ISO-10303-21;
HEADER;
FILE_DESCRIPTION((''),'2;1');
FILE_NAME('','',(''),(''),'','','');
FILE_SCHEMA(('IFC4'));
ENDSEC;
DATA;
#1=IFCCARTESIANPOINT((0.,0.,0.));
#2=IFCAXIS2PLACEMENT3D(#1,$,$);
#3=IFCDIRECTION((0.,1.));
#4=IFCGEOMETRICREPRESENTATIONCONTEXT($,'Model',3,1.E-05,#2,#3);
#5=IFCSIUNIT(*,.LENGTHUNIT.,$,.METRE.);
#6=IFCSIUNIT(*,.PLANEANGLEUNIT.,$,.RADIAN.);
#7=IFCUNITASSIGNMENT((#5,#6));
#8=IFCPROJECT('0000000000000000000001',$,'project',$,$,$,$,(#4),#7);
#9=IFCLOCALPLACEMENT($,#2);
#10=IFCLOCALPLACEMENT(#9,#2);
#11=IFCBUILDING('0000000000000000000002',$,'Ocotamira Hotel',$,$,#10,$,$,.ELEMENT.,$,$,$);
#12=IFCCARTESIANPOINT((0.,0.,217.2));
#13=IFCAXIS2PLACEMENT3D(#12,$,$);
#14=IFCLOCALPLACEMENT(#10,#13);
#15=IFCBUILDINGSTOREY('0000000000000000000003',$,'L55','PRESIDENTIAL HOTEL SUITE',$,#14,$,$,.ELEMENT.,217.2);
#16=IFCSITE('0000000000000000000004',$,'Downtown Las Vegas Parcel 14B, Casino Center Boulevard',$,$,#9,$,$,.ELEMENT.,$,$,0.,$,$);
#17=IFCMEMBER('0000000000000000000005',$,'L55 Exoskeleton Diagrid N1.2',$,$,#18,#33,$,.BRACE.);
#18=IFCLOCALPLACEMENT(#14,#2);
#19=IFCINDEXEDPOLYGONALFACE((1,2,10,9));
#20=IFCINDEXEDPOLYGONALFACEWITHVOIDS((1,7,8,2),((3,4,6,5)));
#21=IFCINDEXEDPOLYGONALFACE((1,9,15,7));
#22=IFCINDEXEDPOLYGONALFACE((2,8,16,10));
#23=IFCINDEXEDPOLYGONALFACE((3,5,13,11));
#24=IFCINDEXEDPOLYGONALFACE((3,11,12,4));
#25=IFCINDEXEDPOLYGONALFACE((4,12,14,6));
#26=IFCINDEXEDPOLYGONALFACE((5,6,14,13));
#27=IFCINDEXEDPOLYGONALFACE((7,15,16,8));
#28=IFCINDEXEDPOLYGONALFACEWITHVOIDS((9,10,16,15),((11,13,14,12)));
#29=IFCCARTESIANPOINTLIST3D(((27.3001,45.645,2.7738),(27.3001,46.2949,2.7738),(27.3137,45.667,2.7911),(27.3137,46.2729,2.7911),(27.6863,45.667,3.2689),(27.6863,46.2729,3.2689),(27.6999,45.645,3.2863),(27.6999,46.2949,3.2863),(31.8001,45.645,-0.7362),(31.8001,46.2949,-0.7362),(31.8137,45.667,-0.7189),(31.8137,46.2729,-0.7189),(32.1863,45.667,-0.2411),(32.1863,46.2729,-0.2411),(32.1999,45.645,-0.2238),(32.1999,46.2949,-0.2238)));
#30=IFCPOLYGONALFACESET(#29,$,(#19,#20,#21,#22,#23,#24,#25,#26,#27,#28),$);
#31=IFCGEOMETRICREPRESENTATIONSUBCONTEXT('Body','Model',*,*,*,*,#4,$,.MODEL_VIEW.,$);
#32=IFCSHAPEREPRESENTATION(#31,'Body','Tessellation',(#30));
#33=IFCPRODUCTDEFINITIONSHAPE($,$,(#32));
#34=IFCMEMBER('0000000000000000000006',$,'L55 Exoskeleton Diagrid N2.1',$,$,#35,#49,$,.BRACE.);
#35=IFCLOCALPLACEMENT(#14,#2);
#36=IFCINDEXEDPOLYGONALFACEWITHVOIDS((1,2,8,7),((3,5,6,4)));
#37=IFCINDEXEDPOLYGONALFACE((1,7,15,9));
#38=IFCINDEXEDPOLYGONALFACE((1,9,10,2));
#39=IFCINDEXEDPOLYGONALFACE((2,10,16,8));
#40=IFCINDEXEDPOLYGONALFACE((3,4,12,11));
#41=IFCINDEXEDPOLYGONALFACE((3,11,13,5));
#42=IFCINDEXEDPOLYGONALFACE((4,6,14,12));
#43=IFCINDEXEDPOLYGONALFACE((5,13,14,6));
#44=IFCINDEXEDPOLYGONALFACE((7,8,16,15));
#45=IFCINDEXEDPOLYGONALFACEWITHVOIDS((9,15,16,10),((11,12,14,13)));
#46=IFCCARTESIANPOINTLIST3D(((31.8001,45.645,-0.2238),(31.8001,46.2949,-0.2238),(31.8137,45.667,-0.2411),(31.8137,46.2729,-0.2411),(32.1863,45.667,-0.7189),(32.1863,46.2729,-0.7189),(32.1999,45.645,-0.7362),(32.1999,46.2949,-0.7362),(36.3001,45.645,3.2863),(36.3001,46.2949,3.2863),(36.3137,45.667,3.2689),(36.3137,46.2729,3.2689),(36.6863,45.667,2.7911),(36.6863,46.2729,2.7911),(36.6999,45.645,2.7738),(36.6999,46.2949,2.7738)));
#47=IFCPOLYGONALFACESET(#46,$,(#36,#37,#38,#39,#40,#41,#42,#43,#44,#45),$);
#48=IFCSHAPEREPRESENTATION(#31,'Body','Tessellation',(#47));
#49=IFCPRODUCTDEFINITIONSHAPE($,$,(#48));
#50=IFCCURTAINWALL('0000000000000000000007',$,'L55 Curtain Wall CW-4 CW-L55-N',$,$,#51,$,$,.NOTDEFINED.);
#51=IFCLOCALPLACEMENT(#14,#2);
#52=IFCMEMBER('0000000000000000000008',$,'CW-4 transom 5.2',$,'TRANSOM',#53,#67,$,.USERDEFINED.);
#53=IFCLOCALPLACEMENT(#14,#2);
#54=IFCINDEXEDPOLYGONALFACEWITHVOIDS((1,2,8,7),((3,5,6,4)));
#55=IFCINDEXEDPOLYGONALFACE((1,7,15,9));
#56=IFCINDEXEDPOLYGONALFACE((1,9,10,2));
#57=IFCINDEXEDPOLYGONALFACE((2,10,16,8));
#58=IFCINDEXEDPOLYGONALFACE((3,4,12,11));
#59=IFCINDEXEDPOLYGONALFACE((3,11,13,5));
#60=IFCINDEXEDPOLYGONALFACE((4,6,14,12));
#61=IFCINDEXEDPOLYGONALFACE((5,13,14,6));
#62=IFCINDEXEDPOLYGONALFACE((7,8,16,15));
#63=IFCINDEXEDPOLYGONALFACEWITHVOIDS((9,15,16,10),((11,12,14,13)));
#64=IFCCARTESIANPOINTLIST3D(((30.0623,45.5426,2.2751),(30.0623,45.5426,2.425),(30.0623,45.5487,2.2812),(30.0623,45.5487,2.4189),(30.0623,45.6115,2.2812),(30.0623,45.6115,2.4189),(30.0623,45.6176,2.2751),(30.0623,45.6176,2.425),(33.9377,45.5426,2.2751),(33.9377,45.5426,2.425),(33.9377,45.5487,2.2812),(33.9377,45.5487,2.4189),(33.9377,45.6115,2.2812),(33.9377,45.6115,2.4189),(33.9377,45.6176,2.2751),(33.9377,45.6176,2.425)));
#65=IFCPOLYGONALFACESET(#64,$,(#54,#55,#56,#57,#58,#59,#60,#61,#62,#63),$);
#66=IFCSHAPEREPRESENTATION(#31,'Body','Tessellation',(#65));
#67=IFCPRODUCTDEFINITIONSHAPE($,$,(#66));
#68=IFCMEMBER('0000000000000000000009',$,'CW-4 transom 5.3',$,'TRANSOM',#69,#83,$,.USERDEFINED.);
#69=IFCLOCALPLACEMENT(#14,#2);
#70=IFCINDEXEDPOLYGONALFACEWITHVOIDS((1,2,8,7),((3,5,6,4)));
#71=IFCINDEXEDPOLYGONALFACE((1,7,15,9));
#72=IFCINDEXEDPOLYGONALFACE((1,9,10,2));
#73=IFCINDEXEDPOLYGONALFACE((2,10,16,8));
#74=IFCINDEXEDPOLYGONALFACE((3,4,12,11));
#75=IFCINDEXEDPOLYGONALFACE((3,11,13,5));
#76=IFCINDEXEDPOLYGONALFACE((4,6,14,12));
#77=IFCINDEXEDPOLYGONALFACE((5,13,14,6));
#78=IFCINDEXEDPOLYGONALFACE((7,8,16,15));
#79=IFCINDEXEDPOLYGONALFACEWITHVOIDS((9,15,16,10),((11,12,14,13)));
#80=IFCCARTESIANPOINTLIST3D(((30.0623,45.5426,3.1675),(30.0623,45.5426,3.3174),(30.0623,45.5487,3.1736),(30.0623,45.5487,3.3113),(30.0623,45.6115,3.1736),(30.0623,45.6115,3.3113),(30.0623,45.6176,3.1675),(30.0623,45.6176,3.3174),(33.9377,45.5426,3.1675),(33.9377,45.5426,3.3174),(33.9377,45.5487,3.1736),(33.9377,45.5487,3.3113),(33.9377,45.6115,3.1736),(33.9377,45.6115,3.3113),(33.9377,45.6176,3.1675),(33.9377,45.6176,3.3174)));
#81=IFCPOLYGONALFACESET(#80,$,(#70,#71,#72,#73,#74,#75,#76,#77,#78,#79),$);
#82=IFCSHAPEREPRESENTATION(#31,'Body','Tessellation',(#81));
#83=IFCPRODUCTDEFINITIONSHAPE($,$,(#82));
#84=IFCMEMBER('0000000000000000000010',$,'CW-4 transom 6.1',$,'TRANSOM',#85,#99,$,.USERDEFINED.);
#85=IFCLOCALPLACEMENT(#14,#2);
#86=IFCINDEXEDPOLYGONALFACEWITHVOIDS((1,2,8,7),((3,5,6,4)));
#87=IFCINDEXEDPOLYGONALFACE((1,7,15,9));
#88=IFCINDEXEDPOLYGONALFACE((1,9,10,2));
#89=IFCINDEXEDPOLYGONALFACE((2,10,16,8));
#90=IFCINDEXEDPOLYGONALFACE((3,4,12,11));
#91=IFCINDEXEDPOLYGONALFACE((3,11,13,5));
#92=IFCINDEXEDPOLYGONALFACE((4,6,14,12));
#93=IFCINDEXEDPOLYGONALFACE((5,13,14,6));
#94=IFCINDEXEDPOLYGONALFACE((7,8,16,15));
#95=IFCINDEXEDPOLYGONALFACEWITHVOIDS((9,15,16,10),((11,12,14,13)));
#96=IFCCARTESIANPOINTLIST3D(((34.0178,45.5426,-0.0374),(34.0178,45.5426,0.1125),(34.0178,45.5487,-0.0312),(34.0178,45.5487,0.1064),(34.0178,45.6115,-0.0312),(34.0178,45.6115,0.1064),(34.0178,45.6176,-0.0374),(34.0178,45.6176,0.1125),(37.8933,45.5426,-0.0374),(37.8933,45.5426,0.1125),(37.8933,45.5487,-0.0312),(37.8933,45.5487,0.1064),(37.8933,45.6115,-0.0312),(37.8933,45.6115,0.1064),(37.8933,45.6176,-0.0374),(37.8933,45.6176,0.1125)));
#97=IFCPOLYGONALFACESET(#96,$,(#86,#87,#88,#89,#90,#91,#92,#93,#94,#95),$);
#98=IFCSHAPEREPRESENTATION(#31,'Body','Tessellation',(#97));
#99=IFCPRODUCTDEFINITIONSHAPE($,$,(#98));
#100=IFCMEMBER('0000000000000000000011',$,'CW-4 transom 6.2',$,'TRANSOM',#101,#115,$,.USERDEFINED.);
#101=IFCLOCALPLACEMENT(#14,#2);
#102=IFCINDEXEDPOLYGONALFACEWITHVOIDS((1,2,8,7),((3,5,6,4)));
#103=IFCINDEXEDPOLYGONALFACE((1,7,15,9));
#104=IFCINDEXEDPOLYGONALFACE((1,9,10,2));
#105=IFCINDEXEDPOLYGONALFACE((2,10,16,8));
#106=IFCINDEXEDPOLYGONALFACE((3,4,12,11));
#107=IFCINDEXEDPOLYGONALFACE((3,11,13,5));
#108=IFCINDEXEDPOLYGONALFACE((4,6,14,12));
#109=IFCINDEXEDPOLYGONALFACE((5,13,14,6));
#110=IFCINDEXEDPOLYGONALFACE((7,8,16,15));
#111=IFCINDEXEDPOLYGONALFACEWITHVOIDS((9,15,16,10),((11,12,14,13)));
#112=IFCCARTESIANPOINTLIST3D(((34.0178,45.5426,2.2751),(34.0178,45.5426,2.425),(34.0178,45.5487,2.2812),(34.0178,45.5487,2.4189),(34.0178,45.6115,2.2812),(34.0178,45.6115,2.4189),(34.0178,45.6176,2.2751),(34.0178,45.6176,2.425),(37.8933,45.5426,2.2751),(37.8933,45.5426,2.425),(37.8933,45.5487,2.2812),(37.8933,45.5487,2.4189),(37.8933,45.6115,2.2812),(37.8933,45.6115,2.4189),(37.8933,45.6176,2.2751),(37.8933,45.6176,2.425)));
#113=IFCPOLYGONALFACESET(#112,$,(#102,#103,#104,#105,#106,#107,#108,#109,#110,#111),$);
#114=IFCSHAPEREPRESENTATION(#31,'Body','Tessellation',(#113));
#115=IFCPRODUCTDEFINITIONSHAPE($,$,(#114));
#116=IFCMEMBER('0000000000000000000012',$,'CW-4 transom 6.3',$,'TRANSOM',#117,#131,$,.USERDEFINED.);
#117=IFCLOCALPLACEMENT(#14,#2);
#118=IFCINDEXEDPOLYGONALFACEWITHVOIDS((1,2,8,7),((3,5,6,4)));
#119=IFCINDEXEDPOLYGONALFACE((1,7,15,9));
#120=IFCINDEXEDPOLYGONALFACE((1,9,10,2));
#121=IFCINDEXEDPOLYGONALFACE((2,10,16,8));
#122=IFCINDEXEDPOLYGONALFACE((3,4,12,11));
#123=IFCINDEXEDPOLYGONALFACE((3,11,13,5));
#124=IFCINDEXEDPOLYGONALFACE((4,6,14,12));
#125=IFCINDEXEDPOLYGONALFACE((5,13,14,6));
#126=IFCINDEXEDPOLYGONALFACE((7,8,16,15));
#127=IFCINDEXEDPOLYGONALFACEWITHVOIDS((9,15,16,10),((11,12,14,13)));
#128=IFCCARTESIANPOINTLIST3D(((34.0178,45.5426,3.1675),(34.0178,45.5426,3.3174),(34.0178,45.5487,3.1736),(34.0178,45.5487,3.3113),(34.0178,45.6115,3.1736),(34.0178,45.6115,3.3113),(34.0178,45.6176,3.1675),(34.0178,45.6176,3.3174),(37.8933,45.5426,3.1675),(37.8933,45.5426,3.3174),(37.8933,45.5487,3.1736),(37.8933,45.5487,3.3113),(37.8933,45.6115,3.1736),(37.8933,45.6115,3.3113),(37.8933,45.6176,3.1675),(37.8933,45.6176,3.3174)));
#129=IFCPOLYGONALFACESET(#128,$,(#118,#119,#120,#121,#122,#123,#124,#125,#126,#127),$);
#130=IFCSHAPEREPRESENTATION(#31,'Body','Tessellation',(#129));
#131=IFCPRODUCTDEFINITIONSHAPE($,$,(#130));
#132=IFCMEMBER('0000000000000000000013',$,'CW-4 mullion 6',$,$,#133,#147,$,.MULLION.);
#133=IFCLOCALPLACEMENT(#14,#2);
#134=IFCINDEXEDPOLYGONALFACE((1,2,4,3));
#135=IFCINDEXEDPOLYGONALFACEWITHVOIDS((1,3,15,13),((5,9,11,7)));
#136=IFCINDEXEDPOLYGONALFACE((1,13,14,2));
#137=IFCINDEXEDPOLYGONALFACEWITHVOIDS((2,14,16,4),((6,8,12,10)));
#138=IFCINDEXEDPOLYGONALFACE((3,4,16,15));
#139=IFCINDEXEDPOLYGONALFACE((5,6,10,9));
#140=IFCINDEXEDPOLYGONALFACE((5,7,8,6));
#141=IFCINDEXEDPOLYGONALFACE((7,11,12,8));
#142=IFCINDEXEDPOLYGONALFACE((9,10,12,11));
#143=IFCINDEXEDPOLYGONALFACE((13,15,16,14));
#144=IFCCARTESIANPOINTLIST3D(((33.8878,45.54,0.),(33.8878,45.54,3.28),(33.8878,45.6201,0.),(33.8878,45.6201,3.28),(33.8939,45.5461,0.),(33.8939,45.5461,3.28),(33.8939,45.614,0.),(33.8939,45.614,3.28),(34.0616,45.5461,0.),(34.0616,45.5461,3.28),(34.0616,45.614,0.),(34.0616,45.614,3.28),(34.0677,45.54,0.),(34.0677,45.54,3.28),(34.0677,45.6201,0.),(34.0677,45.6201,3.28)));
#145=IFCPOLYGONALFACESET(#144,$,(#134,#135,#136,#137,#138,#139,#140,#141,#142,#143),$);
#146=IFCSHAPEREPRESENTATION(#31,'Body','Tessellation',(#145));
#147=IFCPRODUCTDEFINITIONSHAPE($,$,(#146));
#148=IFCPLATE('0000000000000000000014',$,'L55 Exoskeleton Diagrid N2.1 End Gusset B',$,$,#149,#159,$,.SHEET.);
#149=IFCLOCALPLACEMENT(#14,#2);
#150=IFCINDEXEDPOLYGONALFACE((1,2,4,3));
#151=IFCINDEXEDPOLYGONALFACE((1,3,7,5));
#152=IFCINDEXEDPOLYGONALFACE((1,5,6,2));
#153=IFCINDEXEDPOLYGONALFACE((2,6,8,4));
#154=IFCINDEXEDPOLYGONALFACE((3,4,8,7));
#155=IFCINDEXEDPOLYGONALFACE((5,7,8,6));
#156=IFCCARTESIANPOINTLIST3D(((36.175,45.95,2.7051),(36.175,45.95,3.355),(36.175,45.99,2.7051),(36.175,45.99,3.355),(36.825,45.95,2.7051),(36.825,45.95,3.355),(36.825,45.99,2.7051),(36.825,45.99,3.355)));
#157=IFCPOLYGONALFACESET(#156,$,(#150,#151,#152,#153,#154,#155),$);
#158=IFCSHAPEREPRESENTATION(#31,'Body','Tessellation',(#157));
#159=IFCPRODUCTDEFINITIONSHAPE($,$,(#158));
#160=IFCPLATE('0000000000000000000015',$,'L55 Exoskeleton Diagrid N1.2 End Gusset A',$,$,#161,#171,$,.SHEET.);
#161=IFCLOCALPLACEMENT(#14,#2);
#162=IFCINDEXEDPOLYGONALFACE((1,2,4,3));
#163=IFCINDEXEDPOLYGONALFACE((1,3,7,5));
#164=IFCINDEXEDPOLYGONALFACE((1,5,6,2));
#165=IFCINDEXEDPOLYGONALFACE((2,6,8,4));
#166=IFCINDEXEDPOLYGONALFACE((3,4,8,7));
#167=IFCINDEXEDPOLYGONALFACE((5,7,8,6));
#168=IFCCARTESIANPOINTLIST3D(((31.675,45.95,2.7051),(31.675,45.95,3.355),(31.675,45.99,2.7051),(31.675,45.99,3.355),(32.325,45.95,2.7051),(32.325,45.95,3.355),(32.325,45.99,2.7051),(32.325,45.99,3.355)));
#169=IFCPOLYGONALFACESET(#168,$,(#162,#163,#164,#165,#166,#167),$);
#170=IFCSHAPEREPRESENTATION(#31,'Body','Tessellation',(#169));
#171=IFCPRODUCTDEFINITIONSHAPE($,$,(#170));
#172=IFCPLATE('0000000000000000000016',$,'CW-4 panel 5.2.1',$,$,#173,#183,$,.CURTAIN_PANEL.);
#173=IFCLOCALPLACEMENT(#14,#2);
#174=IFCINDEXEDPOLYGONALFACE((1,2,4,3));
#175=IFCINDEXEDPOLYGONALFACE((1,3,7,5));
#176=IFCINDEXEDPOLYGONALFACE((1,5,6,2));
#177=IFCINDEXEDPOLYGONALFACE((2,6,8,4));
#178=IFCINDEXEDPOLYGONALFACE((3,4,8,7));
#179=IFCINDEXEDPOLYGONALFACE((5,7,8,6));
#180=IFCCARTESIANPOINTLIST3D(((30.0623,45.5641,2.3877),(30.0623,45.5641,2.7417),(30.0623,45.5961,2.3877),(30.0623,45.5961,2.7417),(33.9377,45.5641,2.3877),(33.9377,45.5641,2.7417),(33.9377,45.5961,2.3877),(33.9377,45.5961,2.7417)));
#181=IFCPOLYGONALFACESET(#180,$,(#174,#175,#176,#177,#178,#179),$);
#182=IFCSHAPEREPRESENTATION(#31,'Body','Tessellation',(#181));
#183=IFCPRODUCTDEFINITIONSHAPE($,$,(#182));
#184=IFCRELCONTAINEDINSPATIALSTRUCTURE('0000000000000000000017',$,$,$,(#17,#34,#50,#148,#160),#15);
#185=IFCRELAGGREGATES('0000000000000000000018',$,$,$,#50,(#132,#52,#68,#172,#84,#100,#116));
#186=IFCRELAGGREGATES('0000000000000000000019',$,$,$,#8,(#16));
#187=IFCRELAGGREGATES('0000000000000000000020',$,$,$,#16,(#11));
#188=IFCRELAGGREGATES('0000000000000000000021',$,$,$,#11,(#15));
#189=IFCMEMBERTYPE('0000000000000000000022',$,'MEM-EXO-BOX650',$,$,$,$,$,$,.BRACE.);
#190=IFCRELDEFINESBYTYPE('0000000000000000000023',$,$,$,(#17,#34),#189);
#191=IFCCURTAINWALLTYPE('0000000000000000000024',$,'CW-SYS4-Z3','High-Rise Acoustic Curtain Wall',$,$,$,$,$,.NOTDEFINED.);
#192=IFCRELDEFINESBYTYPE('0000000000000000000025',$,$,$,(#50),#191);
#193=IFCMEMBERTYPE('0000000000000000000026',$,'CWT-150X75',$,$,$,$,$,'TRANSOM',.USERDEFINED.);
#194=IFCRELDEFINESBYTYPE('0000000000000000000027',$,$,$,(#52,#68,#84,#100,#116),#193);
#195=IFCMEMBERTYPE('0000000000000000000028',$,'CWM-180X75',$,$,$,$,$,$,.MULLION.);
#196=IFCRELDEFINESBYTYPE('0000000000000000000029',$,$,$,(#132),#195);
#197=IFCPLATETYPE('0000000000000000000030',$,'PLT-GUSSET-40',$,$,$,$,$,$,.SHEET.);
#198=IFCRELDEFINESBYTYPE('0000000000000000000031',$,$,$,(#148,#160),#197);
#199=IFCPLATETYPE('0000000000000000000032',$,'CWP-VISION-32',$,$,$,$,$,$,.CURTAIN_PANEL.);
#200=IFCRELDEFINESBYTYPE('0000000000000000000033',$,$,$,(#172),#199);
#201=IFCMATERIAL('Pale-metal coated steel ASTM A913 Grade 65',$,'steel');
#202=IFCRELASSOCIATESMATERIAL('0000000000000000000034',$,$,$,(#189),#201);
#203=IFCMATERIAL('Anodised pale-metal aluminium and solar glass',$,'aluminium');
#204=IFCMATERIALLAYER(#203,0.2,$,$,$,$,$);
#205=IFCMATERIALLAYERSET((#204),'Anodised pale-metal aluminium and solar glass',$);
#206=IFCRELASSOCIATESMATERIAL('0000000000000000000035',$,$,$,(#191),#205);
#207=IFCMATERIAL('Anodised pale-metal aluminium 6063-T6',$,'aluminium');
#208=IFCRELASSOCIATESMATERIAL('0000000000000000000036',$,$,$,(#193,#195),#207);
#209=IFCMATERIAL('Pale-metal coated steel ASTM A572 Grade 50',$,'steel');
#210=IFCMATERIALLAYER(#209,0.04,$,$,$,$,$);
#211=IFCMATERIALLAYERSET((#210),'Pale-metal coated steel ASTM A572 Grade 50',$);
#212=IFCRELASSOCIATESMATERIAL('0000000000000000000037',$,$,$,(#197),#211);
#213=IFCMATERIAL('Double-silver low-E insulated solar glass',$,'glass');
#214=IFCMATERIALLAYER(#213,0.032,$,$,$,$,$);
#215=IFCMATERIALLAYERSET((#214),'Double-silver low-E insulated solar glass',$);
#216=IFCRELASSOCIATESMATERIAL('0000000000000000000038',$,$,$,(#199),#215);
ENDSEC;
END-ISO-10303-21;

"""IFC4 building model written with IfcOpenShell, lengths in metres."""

from ifc_helpers import new_model, si_unit, direction, frame, origin, origin_2d, place, context, subcontext, project, spatial, rectangle, hollow_rectangle, extrude, source, transform, mapped, material, layer, layer_set, material_profile, profile_set, type_object, element, aggregate, save


model = new_model("IFC4")

# Units and contexts
model_context = context("Model", 3, precision=1e-05, world=origin(), true_north=direction((0.0, 1.0)))
body_context = subcontext(model_context, "Body", "Model", "MODEL_VIEW")
ifc_project = project(units=[si_unit("LENGTHUNIT", "METRE"), si_unit("PLANEANGLEUNIT", "RADIAN")], contexts=[model_context])

# Site, building, storey
site_placement = place(None, origin())
site = spatial("IfcSite", under=ifc_project, at=site_placement, Name="Downtown Las Vegas Parcel 14B, Casino Center Boulevard", CompositionType="ELEMENT", RefElevation=0.0)
building_placement = place(site_placement, origin())
building = spatial("IfcBuilding", under=site, at=building_placement, Name="Ocotamira Hotel", CompositionType="ELEMENT")
storey_placement = place(building_placement, frame((0.0, 0.0, 217.2)))
storey = spatial("IfcBuildingStorey", under=building, at=storey_placement, Name="L55", Description="PRESIDENTIAL HOTEL SUITE", CompositionType="ELEMENT", Elevation=217.2)

# Members
ifc_material_1 = material(Name="Pale-metal coated steel ASTM A913 Grade 65", Category="steel")
ifc_material_profile_1 = material_profile(ifc_material_1, hollow_rectangle(XDim=0.6499, YDim=0.6499, WallThickness=0.022, at=origin_2d()), Name="BOX650X650X22")
ifc_profile_set_1 = profile_set([ifc_material_profile_1], Name="Pale-metal coated steel ASTM A913 Grade 65")
member_type_1 = type_object("IfcMemberType", Name="MEM-EXO-BOX650", PredefinedType="BRACE", material=ifc_profile_set_1)
shared_shape_1 = source(origin(), body_context, "Body", "SweptSolid", [
    extrude(hollow_rectangle(XDim=0.6499, YDim=0.6499, WallThickness=0.022, at=origin_2d()), origin(), (0.0, 0.0, 1.0), 5.707),
])
for number, where, z_axis, x_axis, name in (
    (1, (32.0, 45.97, -0.48), (-0.788501, 0.0, 0.615033), (0.0, -1.0, 0.0), "L55 Exoskeleton Diagrid N1.2"),
    (2, (32.0, 45.97, -0.48), (0.788501, 0.0, 0.615033), (0.0, 1.0, 0.0), "L55 Exoskeleton Diagrid N2.1"),
):
    element("IfcMember", number, at=place(storey_placement, frame(where, z_axis=z_axis, x_axis=x_axis)), inside=storey, type_object=member_type_1, Name=name, PredefinedType="BRACE", context=body_context, shape_type="MappedRepresentation", body=[
        mapped(shared_shape_1, transform((0.0, 0.0, 0.0), scale=1.0)),
    ])

# Curtain wall, members
ifc_material_2 = material(Name="Anodised pale-metal aluminium and solar glass", Category="aluminium")
ifc_layer_1 = layer(ifc_material_2, 0.2)
ifc_layer_set_1 = layer_set([ifc_layer_1], Name="Anodised pale-metal aluminium and solar glass")
curtain_wall_type = type_object("IfcCurtainWallType", Name="CW-SYS4-Z3", Description="High-Rise Acoustic Curtain Wall", PredefinedType="NOTDEFINED", material=ifc_layer_set_1)
curtain_wall_placement = place(storey_placement, origin())
curtain_wall = element("IfcCurtainWall", 3, at=curtain_wall_placement, inside=storey, type_object=curtain_wall_type, Name="L55 Curtain Wall CW-4 CW-L55-N", PredefinedType="NOTDEFINED")
ifc_material_3 = material(Name="Anodised pale-metal aluminium 6063-T6", Category="aluminium")
ifc_material_profile_2 = material_profile(ifc_material_3, hollow_rectangle(XDim=0.075, YDim=0.1499, WallThickness=0.0061, at=origin_2d()), Name="HSS150X75X6")
ifc_profile_set_2 = profile_set([ifc_material_profile_2], Name="Anodised pale-metal aluminium 6063-T6")
member_type_2 = type_object("IfcMemberType", Name="CWT-150X75", ElementType="TRANSOM", PredefinedType="USERDEFINED", material=ifc_profile_set_2)
shared_shape_2 = source(origin(), body_context, "Body", "SweptSolid", [
    extrude(hollow_rectangle(XDim=0.075, YDim=0.1499, WallThickness=0.0061, at=origin_2d()), origin(), (0.0, 0.0, 1.0), 3.8755),
])
member_1_placement = place(storey_placement, frame((30.0623, 45.5801, 2.3501), z_axis=(1.0, 0.0, 0.0), x_axis=(0.0, 1.0, 0.0)))
member_1 = element("IfcMember", 4, at=member_1_placement, type_object=member_type_2, Name="CW-4 transom 5.2", ObjectType="TRANSOM", PredefinedType="USERDEFINED", context=body_context, shape_type="MappedRepresentation", body=[
    mapped(shared_shape_2, transform((0.0, 0.0, 0.0), scale=1.0)),
])
member_2_placement = place(storey_placement, frame((30.0623, 45.5801, 3.2424), z_axis=(1.0, 0.0, 0.0), x_axis=(0.0, 1.0, 0.0)))
member_2 = element("IfcMember", 5, at=member_2_placement, type_object=member_type_2, Name="CW-4 transom 5.3", ObjectType="TRANSOM", PredefinedType="USERDEFINED", context=body_context, shape_type="MappedRepresentation", body=[
    mapped(shared_shape_2, transform((0.0, 0.0, 0.0), scale=1.0)),
])
member_3_placement = place(storey_placement, frame((34.0178, 45.5801, 0.0376), z_axis=(1.0, 0.0, 0.0), x_axis=(0.0, 1.0, 0.0)))
member_3 = element("IfcMember", 6, at=member_3_placement, type_object=member_type_2, Name="CW-4 transom 6.1", ObjectType="TRANSOM", PredefinedType="USERDEFINED", context=body_context, shape_type="MappedRepresentation", body=[
    mapped(shared_shape_2, transform((0.0, 0.0, 0.0), scale=1.0)),
])
member_4_placement = place(storey_placement, frame((34.0178, 45.5801, 2.3501), z_axis=(1.0, 0.0, 0.0), x_axis=(0.0, 1.0, 0.0)))
member_4 = element("IfcMember", 7, at=member_4_placement, type_object=member_type_2, Name="CW-4 transom 6.2", ObjectType="TRANSOM", PredefinedType="USERDEFINED", context=body_context, shape_type="MappedRepresentation", body=[
    mapped(shared_shape_2, transform((0.0, 0.0, 0.0), scale=1.0)),
])
member_5_placement = place(storey_placement, frame((34.0178, 45.5801, 3.2424), z_axis=(1.0, 0.0, 0.0), x_axis=(0.0, 1.0, 0.0)))
member_5 = element("IfcMember", 8, at=member_5_placement, type_object=member_type_2, Name="CW-4 transom 6.3", ObjectType="TRANSOM", PredefinedType="USERDEFINED", context=body_context, shape_type="MappedRepresentation", body=[
    mapped(shared_shape_2, transform((0.0, 0.0, 0.0), scale=1.0)),
])
ifc_material_profile_3 = material_profile(ifc_material_3, hollow_rectangle(XDim=0.0801, YDim=0.1799, WallThickness=0.0061, at=origin_2d()), Name="HSS180X80X6")
ifc_profile_set_3 = profile_set([ifc_material_profile_3], Name="Anodised pale-metal aluminium 6063-T6")
member_type_3 = type_object("IfcMemberType", Name="CWM-180X75", PredefinedType="MULLION", material=ifc_profile_set_3)
shared_shape_3 = source(origin(), body_context, "Body", "SweptSolid", [
    extrude(hollow_rectangle(XDim=0.0801, YDim=0.1799, WallThickness=0.0061, at=origin_2d()), origin(), (0.0, 0.0, 1.0), 3.28),
])
member_6_placement = place(storey_placement, frame((33.9778, 45.5801, 0.0), z_axis=(0.0, 0.0, 1.0), x_axis=(0.0, 1.0, 0.0)))
member_6 = element("IfcMember", 9, at=member_6_placement, type_object=member_type_3, Name="CW-4 mullion 6", PredefinedType="MULLION", context=body_context, shape_type="MappedRepresentation", body=[
    mapped(shared_shape_3, transform((0.0, 0.0, 0.0), scale=1.0)),
])

# Plates
ifc_material_4 = material(Name="Pale-metal coated steel ASTM A572 Grade 50", Category="steel")
ifc_layer_2 = layer(ifc_material_4, 0.04)
ifc_layer_set_2 = layer_set([ifc_layer_2], Name="Pale-metal coated steel ASTM A572 Grade 50")
plate_type_1 = type_object("IfcPlateType", Name="PLT-GUSSET-40", PredefinedType="SHEET", material=ifc_layer_set_2)
shared_shape_4 = source(origin(), body_context, "Body", "SweptSolid", [
    extrude(rectangle(XDim=0.6499, YDim=0.04, at=origin_2d()), origin(), (0.0, 0.0, 1.0), 0.6499),
])
for number, where, z_axis, x_axis, name in (
    (10, (36.5, 45.97, 2.7051), (0.0, 0.0, 1.0), (1.0, 0.0, 0.0), "L55 Exoskeleton Diagrid N2.1 End Gusset B"),
    (11, (32.0, 45.97, 2.7051), (0.0, 0.0, 1.0), (-1.0, 0.0, 0.0), "L55 Exoskeleton Diagrid N1.2 End Gusset A"),
):
    element("IfcPlate", number, at=place(storey_placement, frame(where, z_axis=z_axis, x_axis=x_axis)), inside=storey, type_object=plate_type_1, Name=name, PredefinedType="SHEET", context=body_context, shape_type="MappedRepresentation", body=[
        mapped(shared_shape_4, transform((0.0, 0.0, 0.0), scale=1.0)),
    ])

# Plate
ifc_material_5 = material(Name="Double-silver low-E insulated solar glass", Category="glass")
ifc_layer_3 = layer(ifc_material_5, 0.032)
ifc_layer_set_3 = layer_set([ifc_layer_3], Name="Double-silver low-E insulated solar glass")
plate_type_2 = type_object("IfcPlateType", Name="CWP-VISION-32", PredefinedType="CURTAIN_PANEL", material=ifc_layer_set_3)
shared_shape_5 = source(origin(), body_context, "Body", "SweptSolid", [
    extrude(rectangle(XDim=3.8755, YDim=0.032, at=origin_2d()), origin(), (0.0, 0.0, 1.0), 0.354),
])
plate_1_placement = place(storey_placement, frame((32.0, 45.5801, 2.3877), z_axis=(0.0, 0.0, 1.0), x_axis=(1.0, 0.0, 0.0)))
plate_1 = element("IfcPlate", 12, at=plate_1_placement, type_object=plate_type_2, Name="CW-4 panel 5.2.1", PredefinedType="CURTAIN_PANEL", context=body_context, shape_type="MappedRepresentation", body=[
    mapped(shared_shape_5, transform((0.0, 0.0, 0.0), scale=1.0)),
])
aggregate(curtain_wall, [member_6, member_1, member_2, plate_1, member_3, member_4, member_5])

save(model, "model.ifc")
